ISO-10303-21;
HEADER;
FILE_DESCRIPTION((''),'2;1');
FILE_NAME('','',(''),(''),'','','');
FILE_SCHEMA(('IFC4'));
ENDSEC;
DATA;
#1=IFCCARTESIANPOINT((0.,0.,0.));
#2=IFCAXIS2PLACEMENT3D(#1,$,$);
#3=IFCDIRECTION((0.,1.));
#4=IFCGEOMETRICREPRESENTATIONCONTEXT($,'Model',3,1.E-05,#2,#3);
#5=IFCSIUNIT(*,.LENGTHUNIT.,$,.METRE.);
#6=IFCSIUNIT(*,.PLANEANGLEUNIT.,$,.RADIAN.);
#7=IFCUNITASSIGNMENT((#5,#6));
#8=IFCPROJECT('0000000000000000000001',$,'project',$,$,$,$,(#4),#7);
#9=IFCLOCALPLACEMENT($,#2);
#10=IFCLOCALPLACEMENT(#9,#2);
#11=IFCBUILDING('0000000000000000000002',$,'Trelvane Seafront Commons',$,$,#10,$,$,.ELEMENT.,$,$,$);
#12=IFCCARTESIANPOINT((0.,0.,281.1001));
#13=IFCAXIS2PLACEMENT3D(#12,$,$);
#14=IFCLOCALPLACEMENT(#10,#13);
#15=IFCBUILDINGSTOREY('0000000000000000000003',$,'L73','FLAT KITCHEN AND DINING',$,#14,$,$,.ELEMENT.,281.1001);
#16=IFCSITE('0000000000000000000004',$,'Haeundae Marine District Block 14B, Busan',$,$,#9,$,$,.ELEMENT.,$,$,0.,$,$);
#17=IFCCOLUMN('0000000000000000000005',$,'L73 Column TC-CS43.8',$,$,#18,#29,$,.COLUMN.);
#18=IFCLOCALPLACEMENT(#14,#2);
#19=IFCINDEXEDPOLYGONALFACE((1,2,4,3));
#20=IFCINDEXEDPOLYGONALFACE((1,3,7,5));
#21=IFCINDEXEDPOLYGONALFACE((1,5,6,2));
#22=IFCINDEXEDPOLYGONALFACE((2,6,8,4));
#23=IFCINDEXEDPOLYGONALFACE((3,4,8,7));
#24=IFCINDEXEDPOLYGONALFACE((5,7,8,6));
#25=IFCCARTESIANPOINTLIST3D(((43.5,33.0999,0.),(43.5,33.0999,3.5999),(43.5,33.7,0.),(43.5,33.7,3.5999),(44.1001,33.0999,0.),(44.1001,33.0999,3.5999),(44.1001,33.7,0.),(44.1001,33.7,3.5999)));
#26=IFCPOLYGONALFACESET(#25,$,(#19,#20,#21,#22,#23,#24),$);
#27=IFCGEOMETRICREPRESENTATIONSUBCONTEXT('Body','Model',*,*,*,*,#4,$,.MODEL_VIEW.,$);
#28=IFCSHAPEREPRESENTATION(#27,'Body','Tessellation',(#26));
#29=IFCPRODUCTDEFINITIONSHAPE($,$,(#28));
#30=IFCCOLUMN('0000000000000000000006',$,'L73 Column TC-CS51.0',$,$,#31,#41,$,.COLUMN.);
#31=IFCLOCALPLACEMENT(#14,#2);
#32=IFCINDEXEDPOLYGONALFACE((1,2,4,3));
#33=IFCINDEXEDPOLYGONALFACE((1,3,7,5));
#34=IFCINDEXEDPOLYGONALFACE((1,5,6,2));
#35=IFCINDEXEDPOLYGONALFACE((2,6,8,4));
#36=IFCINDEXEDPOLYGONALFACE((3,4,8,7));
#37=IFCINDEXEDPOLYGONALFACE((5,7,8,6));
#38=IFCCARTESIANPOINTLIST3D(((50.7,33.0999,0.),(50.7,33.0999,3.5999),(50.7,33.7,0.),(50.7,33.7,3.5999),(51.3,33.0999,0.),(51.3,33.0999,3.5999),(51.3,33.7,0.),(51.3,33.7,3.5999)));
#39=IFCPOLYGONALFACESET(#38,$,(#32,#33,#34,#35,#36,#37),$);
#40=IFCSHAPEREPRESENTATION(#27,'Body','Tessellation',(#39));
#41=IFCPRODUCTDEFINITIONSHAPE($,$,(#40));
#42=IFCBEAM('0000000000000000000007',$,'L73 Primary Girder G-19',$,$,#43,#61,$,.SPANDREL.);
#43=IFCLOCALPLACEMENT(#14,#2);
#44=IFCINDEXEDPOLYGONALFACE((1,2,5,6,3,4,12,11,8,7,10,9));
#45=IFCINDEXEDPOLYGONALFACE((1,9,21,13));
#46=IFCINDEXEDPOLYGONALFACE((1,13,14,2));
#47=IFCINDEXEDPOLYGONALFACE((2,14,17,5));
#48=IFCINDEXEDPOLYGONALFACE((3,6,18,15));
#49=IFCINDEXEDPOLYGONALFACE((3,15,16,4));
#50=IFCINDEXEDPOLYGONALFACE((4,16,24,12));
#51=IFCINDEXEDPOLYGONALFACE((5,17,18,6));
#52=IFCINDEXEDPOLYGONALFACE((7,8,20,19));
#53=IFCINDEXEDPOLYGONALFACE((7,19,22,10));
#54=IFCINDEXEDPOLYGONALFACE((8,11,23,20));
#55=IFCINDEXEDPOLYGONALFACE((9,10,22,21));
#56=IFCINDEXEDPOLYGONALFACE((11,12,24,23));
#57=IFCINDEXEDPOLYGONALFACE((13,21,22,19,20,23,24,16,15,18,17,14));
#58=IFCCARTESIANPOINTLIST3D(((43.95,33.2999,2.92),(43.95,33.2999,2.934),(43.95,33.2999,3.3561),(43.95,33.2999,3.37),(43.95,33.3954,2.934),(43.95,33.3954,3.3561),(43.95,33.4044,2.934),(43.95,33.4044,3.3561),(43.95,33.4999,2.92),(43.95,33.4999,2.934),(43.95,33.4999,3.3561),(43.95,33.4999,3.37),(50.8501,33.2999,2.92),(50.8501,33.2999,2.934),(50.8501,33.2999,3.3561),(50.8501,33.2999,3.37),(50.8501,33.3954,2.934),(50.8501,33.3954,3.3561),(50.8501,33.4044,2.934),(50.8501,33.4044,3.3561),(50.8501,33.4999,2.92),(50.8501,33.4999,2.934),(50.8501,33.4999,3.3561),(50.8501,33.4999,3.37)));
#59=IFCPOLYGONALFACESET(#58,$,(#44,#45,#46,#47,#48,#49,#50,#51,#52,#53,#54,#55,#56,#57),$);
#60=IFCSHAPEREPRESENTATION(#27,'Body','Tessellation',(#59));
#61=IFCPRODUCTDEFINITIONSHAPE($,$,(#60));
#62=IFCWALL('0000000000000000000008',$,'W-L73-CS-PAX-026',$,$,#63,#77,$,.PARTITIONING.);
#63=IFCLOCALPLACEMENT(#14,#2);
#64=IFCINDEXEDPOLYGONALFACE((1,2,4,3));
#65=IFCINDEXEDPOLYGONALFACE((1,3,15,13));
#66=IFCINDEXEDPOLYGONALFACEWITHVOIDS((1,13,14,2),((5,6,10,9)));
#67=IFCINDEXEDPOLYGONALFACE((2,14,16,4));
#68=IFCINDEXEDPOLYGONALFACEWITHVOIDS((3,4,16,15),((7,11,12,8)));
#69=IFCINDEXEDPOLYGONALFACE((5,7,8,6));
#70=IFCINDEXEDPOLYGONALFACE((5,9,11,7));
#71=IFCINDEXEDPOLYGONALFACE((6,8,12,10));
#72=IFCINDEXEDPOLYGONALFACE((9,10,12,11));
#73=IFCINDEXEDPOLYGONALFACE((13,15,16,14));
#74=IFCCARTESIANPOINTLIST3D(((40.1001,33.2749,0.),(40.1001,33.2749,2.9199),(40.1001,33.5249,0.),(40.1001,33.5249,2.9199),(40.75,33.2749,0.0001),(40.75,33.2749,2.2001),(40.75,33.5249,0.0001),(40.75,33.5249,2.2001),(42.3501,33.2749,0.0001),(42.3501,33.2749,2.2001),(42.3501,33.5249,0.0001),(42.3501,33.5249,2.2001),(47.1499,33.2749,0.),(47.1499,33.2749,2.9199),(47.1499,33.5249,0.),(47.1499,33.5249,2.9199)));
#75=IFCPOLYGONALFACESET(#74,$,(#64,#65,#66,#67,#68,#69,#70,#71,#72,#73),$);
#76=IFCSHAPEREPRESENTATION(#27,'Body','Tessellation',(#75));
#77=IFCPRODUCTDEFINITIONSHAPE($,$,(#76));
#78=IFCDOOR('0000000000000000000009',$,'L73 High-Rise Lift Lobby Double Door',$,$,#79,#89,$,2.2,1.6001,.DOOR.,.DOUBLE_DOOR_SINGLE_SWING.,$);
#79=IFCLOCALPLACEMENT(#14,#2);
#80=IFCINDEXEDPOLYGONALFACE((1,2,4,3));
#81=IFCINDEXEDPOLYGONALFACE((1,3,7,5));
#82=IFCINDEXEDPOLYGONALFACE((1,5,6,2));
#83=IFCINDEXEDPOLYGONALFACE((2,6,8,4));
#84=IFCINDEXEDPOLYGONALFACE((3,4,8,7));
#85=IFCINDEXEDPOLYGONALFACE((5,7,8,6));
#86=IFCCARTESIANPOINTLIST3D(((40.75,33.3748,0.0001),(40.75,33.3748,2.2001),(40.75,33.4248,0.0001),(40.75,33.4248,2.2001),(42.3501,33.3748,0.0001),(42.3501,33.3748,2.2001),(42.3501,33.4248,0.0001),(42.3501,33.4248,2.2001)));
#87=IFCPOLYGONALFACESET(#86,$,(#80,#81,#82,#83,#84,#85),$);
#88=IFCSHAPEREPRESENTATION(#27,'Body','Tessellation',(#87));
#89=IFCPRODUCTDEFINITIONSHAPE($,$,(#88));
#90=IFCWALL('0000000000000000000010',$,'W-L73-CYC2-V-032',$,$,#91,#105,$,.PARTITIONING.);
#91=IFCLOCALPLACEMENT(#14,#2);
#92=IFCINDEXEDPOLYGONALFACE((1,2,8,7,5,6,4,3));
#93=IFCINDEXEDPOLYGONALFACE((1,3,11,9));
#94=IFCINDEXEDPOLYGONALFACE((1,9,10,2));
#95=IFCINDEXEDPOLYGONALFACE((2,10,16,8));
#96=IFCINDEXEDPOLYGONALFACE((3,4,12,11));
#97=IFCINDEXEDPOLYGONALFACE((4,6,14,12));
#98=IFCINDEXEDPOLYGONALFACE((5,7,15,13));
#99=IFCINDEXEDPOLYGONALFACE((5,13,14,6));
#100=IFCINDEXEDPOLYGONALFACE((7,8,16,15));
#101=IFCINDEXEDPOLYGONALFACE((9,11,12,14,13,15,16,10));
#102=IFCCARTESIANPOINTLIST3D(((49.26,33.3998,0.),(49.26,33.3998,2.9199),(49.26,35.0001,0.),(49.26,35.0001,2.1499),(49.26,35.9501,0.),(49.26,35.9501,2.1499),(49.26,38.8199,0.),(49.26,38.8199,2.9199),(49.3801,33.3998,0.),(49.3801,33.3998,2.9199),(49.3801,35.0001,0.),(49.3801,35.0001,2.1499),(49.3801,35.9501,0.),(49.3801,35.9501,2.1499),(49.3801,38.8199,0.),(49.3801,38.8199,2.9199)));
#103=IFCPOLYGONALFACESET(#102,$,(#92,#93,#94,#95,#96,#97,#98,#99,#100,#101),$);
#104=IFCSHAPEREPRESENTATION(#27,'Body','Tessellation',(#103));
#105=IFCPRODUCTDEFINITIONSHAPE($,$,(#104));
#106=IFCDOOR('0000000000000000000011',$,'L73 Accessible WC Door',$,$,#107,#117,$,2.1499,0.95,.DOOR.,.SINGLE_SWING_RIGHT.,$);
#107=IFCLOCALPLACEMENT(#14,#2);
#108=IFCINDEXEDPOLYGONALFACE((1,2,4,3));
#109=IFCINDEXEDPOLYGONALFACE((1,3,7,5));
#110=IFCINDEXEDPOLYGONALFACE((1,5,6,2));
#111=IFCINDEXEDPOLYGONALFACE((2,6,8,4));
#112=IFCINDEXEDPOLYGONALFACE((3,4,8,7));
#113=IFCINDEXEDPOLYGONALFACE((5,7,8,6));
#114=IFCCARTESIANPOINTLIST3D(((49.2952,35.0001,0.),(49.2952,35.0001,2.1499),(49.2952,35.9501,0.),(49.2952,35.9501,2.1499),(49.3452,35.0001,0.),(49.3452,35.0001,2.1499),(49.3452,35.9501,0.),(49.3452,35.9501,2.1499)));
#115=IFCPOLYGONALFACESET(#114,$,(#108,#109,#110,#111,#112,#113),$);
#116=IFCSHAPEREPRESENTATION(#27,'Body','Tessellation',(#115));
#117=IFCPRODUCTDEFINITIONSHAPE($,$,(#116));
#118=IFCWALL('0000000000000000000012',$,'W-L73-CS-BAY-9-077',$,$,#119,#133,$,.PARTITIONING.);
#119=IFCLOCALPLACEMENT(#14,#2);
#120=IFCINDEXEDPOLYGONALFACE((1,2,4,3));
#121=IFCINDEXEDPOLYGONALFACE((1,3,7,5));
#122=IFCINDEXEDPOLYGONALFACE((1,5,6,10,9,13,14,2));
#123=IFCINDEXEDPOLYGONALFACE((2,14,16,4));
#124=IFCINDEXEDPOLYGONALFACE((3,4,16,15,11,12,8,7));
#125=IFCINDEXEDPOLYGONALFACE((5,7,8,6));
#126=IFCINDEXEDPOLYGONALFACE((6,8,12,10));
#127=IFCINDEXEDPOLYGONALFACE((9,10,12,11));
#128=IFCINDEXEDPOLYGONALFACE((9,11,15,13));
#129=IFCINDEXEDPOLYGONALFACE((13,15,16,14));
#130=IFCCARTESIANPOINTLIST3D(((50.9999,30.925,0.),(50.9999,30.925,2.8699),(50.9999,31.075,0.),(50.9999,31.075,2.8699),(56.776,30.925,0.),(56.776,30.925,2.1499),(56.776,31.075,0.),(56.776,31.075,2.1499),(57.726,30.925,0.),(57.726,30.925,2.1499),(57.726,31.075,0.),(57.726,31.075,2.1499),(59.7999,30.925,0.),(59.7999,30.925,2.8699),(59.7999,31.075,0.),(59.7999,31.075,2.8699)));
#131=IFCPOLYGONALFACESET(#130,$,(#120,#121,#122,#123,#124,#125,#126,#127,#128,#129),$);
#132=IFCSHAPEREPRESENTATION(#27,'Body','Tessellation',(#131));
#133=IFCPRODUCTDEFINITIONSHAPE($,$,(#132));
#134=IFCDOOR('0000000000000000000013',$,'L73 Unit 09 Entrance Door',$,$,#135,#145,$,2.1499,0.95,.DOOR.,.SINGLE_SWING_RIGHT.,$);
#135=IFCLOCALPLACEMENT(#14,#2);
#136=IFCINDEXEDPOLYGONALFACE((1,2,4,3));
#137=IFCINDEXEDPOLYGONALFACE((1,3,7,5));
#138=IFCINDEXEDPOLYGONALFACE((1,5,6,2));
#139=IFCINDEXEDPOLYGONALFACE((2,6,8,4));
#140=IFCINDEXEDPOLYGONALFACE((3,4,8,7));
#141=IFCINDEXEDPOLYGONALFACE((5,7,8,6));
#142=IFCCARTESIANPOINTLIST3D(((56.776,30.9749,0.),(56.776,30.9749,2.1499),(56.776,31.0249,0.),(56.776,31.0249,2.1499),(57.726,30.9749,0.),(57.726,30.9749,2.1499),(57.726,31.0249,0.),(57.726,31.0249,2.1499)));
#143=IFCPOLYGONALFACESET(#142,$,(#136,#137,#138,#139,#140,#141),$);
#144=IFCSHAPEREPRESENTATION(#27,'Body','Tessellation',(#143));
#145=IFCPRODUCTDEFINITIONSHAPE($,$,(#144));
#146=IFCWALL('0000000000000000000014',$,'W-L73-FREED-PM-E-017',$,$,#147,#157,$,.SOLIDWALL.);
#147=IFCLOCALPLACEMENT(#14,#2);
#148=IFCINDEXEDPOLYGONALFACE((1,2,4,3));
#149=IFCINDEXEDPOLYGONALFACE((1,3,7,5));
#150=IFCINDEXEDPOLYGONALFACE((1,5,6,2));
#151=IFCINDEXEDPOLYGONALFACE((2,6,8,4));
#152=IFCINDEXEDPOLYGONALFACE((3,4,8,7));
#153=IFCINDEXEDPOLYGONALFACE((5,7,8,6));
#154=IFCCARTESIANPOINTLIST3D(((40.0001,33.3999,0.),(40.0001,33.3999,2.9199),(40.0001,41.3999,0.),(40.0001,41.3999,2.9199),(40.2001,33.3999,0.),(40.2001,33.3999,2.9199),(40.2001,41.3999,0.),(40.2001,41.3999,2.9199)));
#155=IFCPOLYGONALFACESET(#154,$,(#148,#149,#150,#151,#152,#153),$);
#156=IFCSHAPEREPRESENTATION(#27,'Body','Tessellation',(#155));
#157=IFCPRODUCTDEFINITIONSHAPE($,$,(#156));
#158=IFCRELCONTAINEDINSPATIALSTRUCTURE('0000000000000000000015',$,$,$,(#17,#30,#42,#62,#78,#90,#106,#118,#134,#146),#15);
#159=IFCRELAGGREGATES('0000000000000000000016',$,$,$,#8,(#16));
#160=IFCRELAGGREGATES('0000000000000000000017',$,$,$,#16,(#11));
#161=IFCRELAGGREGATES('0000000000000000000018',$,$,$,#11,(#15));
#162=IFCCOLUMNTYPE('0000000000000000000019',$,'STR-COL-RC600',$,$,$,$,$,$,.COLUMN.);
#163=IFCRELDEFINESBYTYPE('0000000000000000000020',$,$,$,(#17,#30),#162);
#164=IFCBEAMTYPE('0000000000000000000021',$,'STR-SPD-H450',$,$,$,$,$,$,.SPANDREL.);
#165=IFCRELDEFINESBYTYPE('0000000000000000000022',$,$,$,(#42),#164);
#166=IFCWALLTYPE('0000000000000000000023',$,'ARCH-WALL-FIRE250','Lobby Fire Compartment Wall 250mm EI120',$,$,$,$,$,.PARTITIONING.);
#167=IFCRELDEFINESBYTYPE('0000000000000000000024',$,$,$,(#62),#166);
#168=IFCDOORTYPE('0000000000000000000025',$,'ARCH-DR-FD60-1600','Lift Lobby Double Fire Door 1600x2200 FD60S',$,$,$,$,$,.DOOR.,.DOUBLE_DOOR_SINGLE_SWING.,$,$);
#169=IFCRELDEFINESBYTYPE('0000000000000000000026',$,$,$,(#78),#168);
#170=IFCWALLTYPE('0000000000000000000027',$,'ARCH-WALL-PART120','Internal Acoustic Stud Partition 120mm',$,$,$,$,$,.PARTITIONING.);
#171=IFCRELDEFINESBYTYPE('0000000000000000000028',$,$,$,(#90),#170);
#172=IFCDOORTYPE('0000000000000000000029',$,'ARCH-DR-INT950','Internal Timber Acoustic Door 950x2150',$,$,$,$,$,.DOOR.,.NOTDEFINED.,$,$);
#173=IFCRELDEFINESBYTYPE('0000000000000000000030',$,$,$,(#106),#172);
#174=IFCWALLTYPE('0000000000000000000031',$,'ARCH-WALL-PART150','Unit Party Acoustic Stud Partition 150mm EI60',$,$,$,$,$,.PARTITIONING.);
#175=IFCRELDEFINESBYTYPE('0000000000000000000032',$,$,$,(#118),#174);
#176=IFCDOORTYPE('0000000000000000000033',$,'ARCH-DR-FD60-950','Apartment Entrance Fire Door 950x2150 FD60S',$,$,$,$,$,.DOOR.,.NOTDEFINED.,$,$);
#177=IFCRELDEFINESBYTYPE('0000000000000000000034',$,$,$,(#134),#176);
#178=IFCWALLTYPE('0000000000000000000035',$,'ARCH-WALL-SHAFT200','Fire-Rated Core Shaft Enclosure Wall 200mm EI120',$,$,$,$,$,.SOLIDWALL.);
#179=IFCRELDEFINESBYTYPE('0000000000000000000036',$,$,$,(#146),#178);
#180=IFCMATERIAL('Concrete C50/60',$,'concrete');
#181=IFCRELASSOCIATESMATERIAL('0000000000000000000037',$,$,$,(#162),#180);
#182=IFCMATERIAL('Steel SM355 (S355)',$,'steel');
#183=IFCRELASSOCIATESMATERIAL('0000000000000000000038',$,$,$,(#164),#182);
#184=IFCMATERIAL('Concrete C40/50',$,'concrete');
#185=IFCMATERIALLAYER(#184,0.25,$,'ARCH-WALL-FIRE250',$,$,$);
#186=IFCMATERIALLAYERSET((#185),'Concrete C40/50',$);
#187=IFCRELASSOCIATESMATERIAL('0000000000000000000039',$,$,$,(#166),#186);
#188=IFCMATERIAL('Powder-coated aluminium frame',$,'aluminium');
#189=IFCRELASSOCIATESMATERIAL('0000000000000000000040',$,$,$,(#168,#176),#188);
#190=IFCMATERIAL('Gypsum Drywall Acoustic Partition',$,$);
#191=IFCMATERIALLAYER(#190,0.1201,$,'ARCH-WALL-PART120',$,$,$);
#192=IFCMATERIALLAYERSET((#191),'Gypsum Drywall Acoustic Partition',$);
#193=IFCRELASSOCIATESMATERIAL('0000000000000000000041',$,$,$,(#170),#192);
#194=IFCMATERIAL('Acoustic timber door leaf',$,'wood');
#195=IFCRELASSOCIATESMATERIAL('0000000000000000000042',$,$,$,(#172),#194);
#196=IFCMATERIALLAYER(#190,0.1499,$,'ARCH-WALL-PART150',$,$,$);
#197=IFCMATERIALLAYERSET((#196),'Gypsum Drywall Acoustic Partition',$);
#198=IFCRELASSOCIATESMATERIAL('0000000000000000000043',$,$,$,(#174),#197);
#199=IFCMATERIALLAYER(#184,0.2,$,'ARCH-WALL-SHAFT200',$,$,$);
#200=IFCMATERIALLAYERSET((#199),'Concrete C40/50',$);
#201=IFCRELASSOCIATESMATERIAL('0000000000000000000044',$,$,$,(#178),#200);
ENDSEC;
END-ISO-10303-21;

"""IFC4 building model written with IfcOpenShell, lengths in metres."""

from ifc_helpers import new_model, si_unit, direction, frame, frame_2d, origin, origin_2d, place, context, subcontext, project, spatial, rectangle, i_section, extrude, source, transform, mapped, material, layer, layer_set, material_profile, profile_set, type_object, element, fill, save


model = new_model("IFC4")

# Units and contexts
model_context = context("Model", 3, precision=1e-05, world=origin(), true_north=direction((0.0, 1.0)))
body_context = subcontext(model_context, "Body", "Model", "MODEL_VIEW")
ifc_project = project(units=[si_unit("LENGTHUNIT", "METRE"), si_unit("PLANEANGLEUNIT", "RADIAN")], contexts=[model_context])

# Site, building, storey
site_placement = place(None, origin())
site = spatial("IfcSite", under=ifc_project, at=site_placement, Name="Haeundae Marine District Block 14B, Busan", CompositionType="ELEMENT", RefElevation=0.0)
building_placement = place(site_placement, origin())
building = spatial("IfcBuilding", under=site, at=building_placement, Name="Trelvane Seafront Commons", CompositionType="ELEMENT")
storey_placement = place(building_placement, frame((0.0, 0.0, 281.1001)))
storey = spatial("IfcBuildingStorey", under=building, at=storey_placement, Name="L73", Description="FLAT KITCHEN AND DINING", CompositionType="ELEMENT", Elevation=281.1001)

# Columns
ifc_material_1 = material(Name="Concrete C50/60", Category="concrete")
ifc_material_profile_1 = material_profile(ifc_material_1, rectangle(XDim=0.6001, YDim=0.6001, at=origin_2d()), Name="RC-600x600")
ifc_profile_set_1 = profile_set([ifc_material_profile_1], Name="Concrete C50/60")
column_type = type_object("IfcColumnType", Name="STR-COL-RC600", PredefinedType="COLUMN", material=ifc_profile_set_1)
shared_shape_1 = source(origin(), body_context, "Body", "SweptSolid", [
    extrude(rectangle(XDim=0.6001, YDim=0.6001, at=origin_2d()), origin(), (0.0, 0.0, 1.0), 3.5999),
])
for number, where, z_axis, x_axis, name in (
    (1, (43.8, 33.3999, 0.0), (0.0, 0.0, 1.0), (1.0, 0.0, 0.0), "L73 Column TC-CS43.8"),
    (2, (51.0, 33.3999, 0.0), (0.0, 0.0, 1.0), (1.0, 0.0, 0.0), "L73 Column TC-CS51.0"),
):
    element("IfcColumn", number, at=place(storey_placement, frame(where, z_axis=z_axis, x_axis=x_axis)), inside=storey, type_object=column_type, Name=name, PredefinedType="COLUMN", context=body_context, shape_type="MappedRepresentation", body=[
        mapped(shared_shape_1, transform((0.0, 0.0, 0.0), x_axis=(1.0, 0.0, 0.0), y_axis=(0.0, 1.0, 0.0), z_axis=(0.0, 0.0, 1.0), scale=1.0)),
    ])

# Beam
ifc_material_2 = material(Name="Steel SM355 (S355)", Category="steel")
ifc_material_profile_2 = material_profile(ifc_material_2, i_section(OverallWidth=0.2, OverallDepth=0.45, WebThickness=0.009, FlangeThickness=0.0139, at=origin_2d()), Name="H-450x200x9x14")
ifc_profile_set_2 = profile_set([ifc_material_profile_2], Name="Steel SM355 (S355)")
beam_type = type_object("IfcBeamType", Name="STR-SPD-H450", PredefinedType="SPANDREL", material=ifc_profile_set_2)
shared_shape_2 = source(origin(), body_context, "Body", "SweptSolid", [
    extrude(i_section(OverallWidth=0.2, OverallDepth=0.45, WebThickness=0.009, FlangeThickness=0.0139, at=origin_2d()), origin(), (0.0, 0.0, 1.0), 6.9001),
])
beam_placement = place(storey_placement, frame((43.95, 33.3999, 3.145), z_axis=(1.0, 0.0, 0.0), x_axis=(0.0, 1.0, 0.0)))
element("IfcBeam", 3, at=beam_placement, inside=storey, type_object=beam_type, Name="L73 Primary Girder G-19", PredefinedType="SPANDREL", context=body_context, shape_type="MappedRepresentation", body=[
    mapped(shared_shape_2, transform((0.0, 0.0, 0.0), x_axis=(1.0, 0.0, 0.0), y_axis=(0.0, 1.0, 0.0), z_axis=(0.0, 0.0, 1.0), scale=1.0)),
])

# Wall, opening, door
ifc_material_3 = material(Name="Concrete C40/50", Category="concrete")
ifc_layer_1 = layer(ifc_material_3, 0.25, Name="ARCH-WALL-FIRE250")
ifc_layer_set_1 = layer_set([ifc_layer_1], Name="Concrete C40/50")
wall_type_1 = type_object("IfcWallType", Name="ARCH-WALL-FIRE250", Description="Lobby Fire Compartment Wall 250mm EI120", PredefinedType="PARTITIONING", material=ifc_layer_set_1)
wall_1_placement = place(storey_placement, frame((40.1001, 33.3999, 0.0), z_axis=(0.0, 0.0, 1.0), x_axis=(1.0, 0.0, 0.0)))
wall_1 = element("IfcWall", 4, at=wall_1_placement, inside=storey, type_object=wall_type_1, Name="W-L73-CS-PAX-026", PredefinedType="PARTITIONING", context=body_context, shape_type="SweptSolid", body=[
    extrude(rectangle(XDim=7.0498, YDim=0.25, at=frame_2d((3.5249, 0.0))), origin(), (0.0, 0.0, 1.0), 2.9199),
])
opening_1_placement = place(wall_1_placement, frame((0.6499, 0.0, 0.0)))
opening_1 = element("IfcOpeningElement", 5, at=opening_1_placement, cuts=wall_1, PredefinedType="OPENING", context=body_context, shape_type="SweptSolid", body=[
    extrude(rectangle(XDim=1.6001, YDim=2.2, at=frame_2d((0.8, 1.1001))), frame((0.0, 0.135, 0.0), z_axis=(0.0, -1.0, 0.0), x_axis=(1.0, 0.0, 0.0)), (0.0, 0.0, 1.0), 0.27),
])
ifc_material_4 = material(Name="Powder-coated aluminium frame", Category="aluminium")
door_type_1 = type_object("IfcDoorType", Name="ARCH-DR-FD60-1600", Description="Lift Lobby Double Fire Door 1600x2200 FD60S", OperationType="DOUBLE_DOOR_SINGLE_SWING", PredefinedType="DOOR", material=ifc_material_4)
shared_shape_3 = source(origin(), body_context, "Body", "SweptSolid", [
    extrude(rectangle(XDim=1.6001, YDim=2.2, at=frame_2d((0.8, 1.1001))), frame((0.0, 0.0249, 0.0), z_axis=(0.0, -1.0, 0.0), x_axis=(1.0, 0.0, 0.0)), (0.0, 0.0, 1.0), 0.05),
])
door_1_placement = place(opening_1_placement, origin())
door_1 = element("IfcDoor", 6, at=door_1_placement, inside=storey, type_object=door_type_1, Name="L73 High-Rise Lift Lobby Double Door", OperationType="DOUBLE_DOOR_SINGLE_SWING", OverallHeight=2.2, OverallWidth=1.6001, PredefinedType="DOOR", context=body_context, shape_type="MappedRepresentation", body=[
    mapped(shared_shape_3, transform((0.0, 0.0, 0.0), x_axis=(1.0, 0.0, 0.0), y_axis=(0.0, 1.0, 0.0), z_axis=(0.0, 0.0, 1.0), scale=1.0)),
])
fill(opening_1, door_1)

# Shared definitions
door_type_2 = type_object("IfcDoorType", Name="ARCH-DR-FD60-950", Description="Apartment Entrance Fire Door 950x2150 FD60S", OperationType="NOTDEFINED", PredefinedType="DOOR", material=ifc_material_4)
shared_shape_4 = source(origin(), body_context, "Body", "SweptSolid", [
    extrude(rectangle(XDim=0.95, YDim=2.1499, at=frame_2d((0.4751, 1.075))), frame((0.0, 0.0249, 0.0), z_axis=(0.0, -1.0, 0.0), x_axis=(1.0, 0.0, 0.0)), (0.0, 0.0, 1.0), 0.05),
])

# Walls, openings, doors
ifc_material_5 = material(Name="Gypsum Drywall Acoustic Partition")
ifc_layer_2 = layer(ifc_material_5, 0.1201, Name="ARCH-WALL-PART120")
ifc_layer_set_2 = layer_set([ifc_layer_2], Name="Gypsum Drywall Acoustic Partition")
wall_type_2 = type_object("IfcWallType", Name="ARCH-WALL-PART120", Description="Internal Acoustic Stud Partition 120mm", PredefinedType="PARTITIONING", material=ifc_layer_set_2)
wall_2_placement = place(storey_placement, frame((49.3201, 33.3999, 0.0), z_axis=(0.0, 0.0, 1.0), x_axis=(0.0, 1.0, 0.0)))
wall_2 = element("IfcWall", 7, at=wall_2_placement, inside=storey, type_object=wall_type_2, Name="W-L73-CYC2-V-032", PredefinedType="PARTITIONING", context=body_context, shape_type="SweptSolid", body=[
    extrude(rectangle(XDim=5.4202, YDim=0.1201, at=frame_2d((2.71, 0.0))), origin(), (0.0, 0.0, 1.0), 2.9199),
])
opening_2_placement = place(wall_2_placement, frame((1.6001, 0.0, 0.0)))
opening_2 = element("IfcOpeningElement", 8, at=opening_2_placement, cuts=wall_2, PredefinedType="OPENING", context=body_context, shape_type="SweptSolid", body=[
    extrude(rectangle(XDim=0.95, YDim=2.1499, at=frame_2d((0.4751, 1.075))), frame((0.0, 0.0701, 0.0), z_axis=(0.0, -1.0, 0.0), x_axis=(1.0, 0.0, 0.0)), (0.0, 0.0, 1.0), 0.1401),
])
ifc_material_6 = material(Name="Acoustic timber door leaf", Category="wood")
door_type_3 = type_object("IfcDoorType", Name="ARCH-DR-INT950", Description="Internal Timber Acoustic Door 950x2150", OperationType="NOTDEFINED", PredefinedType="DOOR", material=ifc_material_6)
door_2_placement = place(opening_2_placement, origin())
door_2 = element("IfcDoor", 9, at=door_2_placement, inside=storey, type_object=door_type_3, Name="L73 Accessible WC Door", OperationType="SINGLE_SWING_RIGHT", OverallHeight=2.1499, OverallWidth=0.95, PredefinedType="DOOR", context=body_context, shape_type="MappedRepresentation", body=[
    mapped(shared_shape_4, transform((0.0, 0.0, 0.0), x_axis=(1.0, 0.0, 0.0), y_axis=(0.0, 1.0, 0.0), z_axis=(0.0, 0.0, 1.0), scale=1.0)),
])
fill(opening_2, door_2)
ifc_layer_3 = layer(ifc_material_5, 0.1499, Name="ARCH-WALL-PART150")
ifc_layer_set_3 = layer_set([ifc_layer_3], Name="Gypsum Drywall Acoustic Partition")
wall_type_3 = type_object("IfcWallType", Name="ARCH-WALL-PART150", Description="Unit Party Acoustic Stud Partition 150mm EI60", PredefinedType="PARTITIONING", material=ifc_layer_set_3)
wall_3_placement = place(storey_placement, frame((51.0, 31.0, 0.0), z_axis=(0.0, 0.0, 1.0), x_axis=(1.0, 0.0, 0.0)))
wall_3 = element("IfcWall", 10, at=wall_3_placement, inside=storey, type_object=wall_type_3, Name="W-L73-CS-BAY-9-077", PredefinedType="PARTITIONING", context=body_context, shape_type="SweptSolid", body=[
    extrude(rectangle(XDim=8.8, YDim=0.1499, at=frame_2d((4.3999, 0.0))), origin(), (0.0, 0.0, 1.0), 2.8699),
])
opening_3_placement = place(wall_3_placement, frame((5.7759, 0.0, 0.0)))
opening_3 = element("IfcOpeningElement", 11, at=opening_3_placement, cuts=wall_3, PredefinedType="OPENING", context=body_context, shape_type="SweptSolid", body=[
    extrude(rectangle(XDim=0.95, YDim=2.1499, at=frame_2d((0.4751, 1.075))), frame((0.0, 0.085, 0.0), z_axis=(0.0, -1.0, 0.0), x_axis=(1.0, 0.0, 0.0)), (0.0, 0.0, 1.0), 0.1699),
])
door_3_placement = place(opening_3_placement, origin())
door_3 = element("IfcDoor", 12, at=door_3_placement, inside=storey, type_object=door_type_2, Name="L73 Unit 09 Entrance Door", OperationType="SINGLE_SWING_RIGHT", OverallHeight=2.1499, OverallWidth=0.95, PredefinedType="DOOR", context=body_context, shape_type="MappedRepresentation", body=[
    mapped(shared_shape_4, transform((0.0, 0.0, 0.0), x_axis=(1.0, 0.0, 0.0), y_axis=(0.0, 1.0, 0.0), z_axis=(0.0, 0.0, 1.0), scale=1.0)),
])
fill(opening_3, door_3)

# Wall
ifc_layer_4 = layer(ifc_material_3, 0.2, Name="ARCH-WALL-SHAFT200")
ifc_layer_set_4 = layer_set([ifc_layer_4], Name="Concrete C40/50")
wall_type_4 = type_object("IfcWallType", Name="ARCH-WALL-SHAFT200", Description="Fire-Rated Core Shaft Enclosure Wall 200mm EI120", PredefinedType="SOLIDWALL", material=ifc_layer_set_4)
wall_4_placement = place(storey_placement, frame((40.1001, 33.3999, 0.0), z_axis=(0.0, 0.0, 1.0), x_axis=(0.0, 1.0, 0.0)))
element("IfcWall", 13, at=wall_4_placement, inside=storey, type_object=wall_type_4, Name="W-L73-FREED-PM-E-017", PredefinedType="SOLIDWALL", context=body_context, shape_type="SweptSolid", body=[
    extrude(rectangle(XDim=8.0, YDim=0.2, at=frame_2d((4.0, 0.0))), origin(), (0.0, 0.0, 1.0), 2.9199),
])

save(model, "model.ifc")
